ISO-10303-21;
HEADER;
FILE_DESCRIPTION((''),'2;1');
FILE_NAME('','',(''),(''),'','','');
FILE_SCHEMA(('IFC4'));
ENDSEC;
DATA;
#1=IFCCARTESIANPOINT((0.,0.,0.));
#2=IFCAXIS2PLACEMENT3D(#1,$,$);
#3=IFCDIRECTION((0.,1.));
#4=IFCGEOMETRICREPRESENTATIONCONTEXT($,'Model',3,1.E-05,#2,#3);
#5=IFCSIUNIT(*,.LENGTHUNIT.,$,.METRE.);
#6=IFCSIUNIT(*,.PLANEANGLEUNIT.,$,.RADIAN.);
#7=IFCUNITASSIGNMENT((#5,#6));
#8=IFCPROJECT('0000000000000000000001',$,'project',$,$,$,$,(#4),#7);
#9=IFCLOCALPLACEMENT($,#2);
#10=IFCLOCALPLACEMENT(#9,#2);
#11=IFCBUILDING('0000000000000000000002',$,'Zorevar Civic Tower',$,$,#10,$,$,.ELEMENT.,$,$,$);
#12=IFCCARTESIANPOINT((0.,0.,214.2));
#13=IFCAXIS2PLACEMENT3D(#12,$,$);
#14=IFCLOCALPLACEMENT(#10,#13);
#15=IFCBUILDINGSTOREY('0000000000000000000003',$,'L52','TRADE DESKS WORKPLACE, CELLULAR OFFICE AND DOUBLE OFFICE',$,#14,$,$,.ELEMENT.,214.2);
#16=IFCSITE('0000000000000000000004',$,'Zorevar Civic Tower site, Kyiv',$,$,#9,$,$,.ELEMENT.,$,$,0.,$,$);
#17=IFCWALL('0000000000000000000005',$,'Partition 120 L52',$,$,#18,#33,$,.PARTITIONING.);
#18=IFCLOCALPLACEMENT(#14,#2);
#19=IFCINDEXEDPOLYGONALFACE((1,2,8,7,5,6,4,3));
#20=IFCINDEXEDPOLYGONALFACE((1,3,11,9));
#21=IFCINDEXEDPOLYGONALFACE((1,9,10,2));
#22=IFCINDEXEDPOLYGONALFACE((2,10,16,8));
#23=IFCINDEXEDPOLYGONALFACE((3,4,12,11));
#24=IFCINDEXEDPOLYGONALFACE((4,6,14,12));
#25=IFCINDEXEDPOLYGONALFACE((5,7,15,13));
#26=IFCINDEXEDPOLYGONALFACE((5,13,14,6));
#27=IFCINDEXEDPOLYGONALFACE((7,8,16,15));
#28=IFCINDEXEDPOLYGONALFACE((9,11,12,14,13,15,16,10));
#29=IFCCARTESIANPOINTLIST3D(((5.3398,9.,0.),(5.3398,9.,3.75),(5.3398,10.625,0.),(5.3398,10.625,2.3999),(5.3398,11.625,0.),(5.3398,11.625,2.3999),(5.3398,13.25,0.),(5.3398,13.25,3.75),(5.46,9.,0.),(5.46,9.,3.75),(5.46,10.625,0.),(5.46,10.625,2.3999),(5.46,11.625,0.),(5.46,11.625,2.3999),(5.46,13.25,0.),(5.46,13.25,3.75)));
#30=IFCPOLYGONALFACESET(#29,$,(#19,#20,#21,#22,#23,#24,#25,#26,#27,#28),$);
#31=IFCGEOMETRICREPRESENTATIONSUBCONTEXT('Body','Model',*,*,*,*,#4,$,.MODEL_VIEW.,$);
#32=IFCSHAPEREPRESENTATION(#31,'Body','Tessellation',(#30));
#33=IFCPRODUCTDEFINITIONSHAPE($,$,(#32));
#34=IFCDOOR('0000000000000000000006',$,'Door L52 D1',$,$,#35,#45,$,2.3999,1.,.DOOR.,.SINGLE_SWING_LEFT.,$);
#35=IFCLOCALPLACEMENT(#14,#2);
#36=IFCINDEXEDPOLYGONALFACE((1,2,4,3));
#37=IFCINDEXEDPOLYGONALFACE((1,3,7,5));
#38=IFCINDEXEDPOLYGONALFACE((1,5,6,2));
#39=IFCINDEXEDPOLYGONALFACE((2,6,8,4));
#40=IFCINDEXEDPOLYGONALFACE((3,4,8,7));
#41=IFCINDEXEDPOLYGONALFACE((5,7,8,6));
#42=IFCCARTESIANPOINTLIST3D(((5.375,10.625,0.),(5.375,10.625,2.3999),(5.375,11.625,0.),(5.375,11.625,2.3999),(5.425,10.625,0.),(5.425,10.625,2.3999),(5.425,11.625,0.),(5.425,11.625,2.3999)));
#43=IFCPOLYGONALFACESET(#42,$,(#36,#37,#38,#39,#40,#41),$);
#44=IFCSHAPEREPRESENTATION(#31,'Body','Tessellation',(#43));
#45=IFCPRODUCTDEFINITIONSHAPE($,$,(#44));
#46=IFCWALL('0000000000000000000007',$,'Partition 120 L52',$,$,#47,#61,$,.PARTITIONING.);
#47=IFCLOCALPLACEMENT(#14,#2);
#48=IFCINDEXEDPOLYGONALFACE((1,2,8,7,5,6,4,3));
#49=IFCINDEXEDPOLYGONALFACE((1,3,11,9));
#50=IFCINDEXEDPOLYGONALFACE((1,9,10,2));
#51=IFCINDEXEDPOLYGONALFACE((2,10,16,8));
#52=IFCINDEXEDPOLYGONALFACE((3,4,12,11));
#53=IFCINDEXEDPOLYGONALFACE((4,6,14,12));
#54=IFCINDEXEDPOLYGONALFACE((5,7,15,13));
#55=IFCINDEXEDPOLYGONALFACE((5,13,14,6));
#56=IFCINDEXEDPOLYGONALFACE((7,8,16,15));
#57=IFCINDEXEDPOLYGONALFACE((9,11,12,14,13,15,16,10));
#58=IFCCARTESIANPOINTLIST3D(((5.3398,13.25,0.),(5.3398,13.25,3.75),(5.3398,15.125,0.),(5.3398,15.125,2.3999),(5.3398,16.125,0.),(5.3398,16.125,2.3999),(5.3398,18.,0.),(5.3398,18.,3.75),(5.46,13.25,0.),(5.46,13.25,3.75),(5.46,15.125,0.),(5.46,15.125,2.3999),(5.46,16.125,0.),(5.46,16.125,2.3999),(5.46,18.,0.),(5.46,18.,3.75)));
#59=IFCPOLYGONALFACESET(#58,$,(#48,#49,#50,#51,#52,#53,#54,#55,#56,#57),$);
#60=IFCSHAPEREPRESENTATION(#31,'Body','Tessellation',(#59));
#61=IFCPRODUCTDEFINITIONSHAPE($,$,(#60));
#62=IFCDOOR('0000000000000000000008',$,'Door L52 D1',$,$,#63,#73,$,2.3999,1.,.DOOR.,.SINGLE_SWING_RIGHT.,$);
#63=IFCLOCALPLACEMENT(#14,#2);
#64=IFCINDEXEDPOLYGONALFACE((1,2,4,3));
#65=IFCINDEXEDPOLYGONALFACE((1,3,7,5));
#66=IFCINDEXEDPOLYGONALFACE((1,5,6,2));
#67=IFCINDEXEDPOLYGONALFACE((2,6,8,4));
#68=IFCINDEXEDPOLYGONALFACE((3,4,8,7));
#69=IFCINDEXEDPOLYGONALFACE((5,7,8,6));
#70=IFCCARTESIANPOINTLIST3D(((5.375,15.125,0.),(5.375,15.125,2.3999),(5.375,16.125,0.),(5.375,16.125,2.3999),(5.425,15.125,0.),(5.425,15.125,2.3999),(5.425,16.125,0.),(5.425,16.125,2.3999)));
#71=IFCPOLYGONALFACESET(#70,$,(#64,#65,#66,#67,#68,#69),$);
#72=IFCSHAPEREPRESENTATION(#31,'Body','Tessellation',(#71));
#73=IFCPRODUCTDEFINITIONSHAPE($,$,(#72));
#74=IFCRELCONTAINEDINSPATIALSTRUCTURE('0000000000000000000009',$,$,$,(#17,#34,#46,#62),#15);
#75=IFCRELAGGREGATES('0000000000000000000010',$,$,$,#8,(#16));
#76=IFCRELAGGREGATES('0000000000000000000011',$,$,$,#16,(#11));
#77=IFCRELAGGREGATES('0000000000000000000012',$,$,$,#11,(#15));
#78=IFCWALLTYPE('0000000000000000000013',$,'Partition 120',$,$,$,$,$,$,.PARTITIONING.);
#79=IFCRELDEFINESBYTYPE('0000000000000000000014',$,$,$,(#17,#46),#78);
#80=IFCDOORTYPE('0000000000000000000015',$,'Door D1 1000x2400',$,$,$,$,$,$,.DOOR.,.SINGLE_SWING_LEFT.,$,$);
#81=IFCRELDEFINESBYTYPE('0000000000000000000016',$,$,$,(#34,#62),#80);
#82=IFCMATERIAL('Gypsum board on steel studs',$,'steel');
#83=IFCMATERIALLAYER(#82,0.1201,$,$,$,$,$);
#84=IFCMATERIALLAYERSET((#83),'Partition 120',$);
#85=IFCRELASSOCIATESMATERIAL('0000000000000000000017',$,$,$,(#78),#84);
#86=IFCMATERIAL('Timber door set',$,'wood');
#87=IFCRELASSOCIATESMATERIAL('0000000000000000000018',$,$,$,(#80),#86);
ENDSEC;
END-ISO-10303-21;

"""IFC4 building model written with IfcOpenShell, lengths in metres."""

from ifc_helpers import new_model, si_unit, direction, frame, frame_2d, origin, place, context, subcontext, project, spatial, rectangle, extrude, material, layer, layer_set, type_object, element, fill, save


model = new_model("IFC4")

# Units and contexts
model_context = context("Model", 3, precision=1e-05, world=origin(), true_north=direction((0.0, 1.0)))
body_context = subcontext(model_context, "Body", "Model", "MODEL_VIEW")
ifc_project = project(units=[si_unit("LENGTHUNIT", "METRE"), si_unit("PLANEANGLEUNIT", "RADIAN")], contexts=[model_context])

# Site, building, storey
site_placement = place(None, origin())
site = spatial("IfcSite", under=ifc_project, at=site_placement, Name="Zorevar Civic Tower site, Kyiv", CompositionType="ELEMENT", RefElevation=0.0)
building_placement = place(site_placement, origin())
building = spatial("IfcBuilding", under=site, at=building_placement, Name="Zorevar Civic Tower", CompositionType="ELEMENT")
storey_placement = place(building_placement, frame((0.0, 0.0, 214.2)))
storey = spatial("IfcBuildingStorey", under=building, at=storey_placement, Name="L52", Description="TRADE DESKS WORKPLACE, CELLULAR OFFICE AND DOUBLE OFFICE", CompositionType="ELEMENT", Elevation=214.2)

# Shared definitions
ifc_material_1 = material(Name="Gypsum board on steel studs", Category="steel")
ifc_layer_1 = layer(ifc_material_1, 0.1201)
ifc_layer_set_1 = layer_set([ifc_layer_1], Name="Partition 120")
wall_type_1 = type_object("IfcWallType", Name="Partition 120", PredefinedType="PARTITIONING", material=ifc_layer_set_1)

# Walls, openings, doors
wall_1_placement = place(storey_placement, frame((5.3999, 9.0, 0.0), z_axis=(0.0, 0.0, 1.0), x_axis=(0.0, 1.0, 0.0)))
wall_1 = element("IfcWall", 1, at=wall_1_placement, inside=storey, type_object=wall_type_1, Name="Partition 120 L52", PredefinedType="PARTITIONING", context=body_context, shape_type="SweptSolid", body=[
    extrude(rectangle(XDim=4.25, YDim=0.1201, at=frame_2d((2.125, 0.0))), origin(), (0.0, 0.0, 1.0), 3.75),
])
opening_1_placement = place(wall_1_placement, frame((1.625, 0.0, 0.0)))
opening_1 = element("IfcOpeningElement", 2, at=opening_1_placement, cuts=wall_1, PredefinedType="OPENING", context=body_context, shape_type="SweptSolid", body=[
    extrude(rectangle(XDim=1.0, YDim=2.3999, at=frame_2d((0.5, 1.2))), frame((0.0, 0.0701, 0.0), z_axis=(0.0, -1.0, 0.0), x_axis=(1.0, 0.0, 0.0)), (0.0, 0.0, 1.0), 0.1401),
])
ifc_material_2 = material(Name="Timber door set", Category="wood")
door_type_1 = type_object("IfcDoorType", Name="Door D1 1000x2400", OperationType="SINGLE_SWING_LEFT", PredefinedType="DOOR", material=ifc_material_2)
door_1_placement = place(opening_1_placement, origin())
door_1 = element("IfcDoor", 3, at=door_1_placement, inside=storey, type_object=door_type_1, Name="Door L52 D1", OperationType="SINGLE_SWING_LEFT", OverallHeight=2.3999, OverallWidth=1.0, PredefinedType="DOOR", context=body_context, shape_type="SweptSolid", body=[
    extrude(rectangle(XDim=1.0, YDim=2.3999, at=frame_2d((0.5, 1.2))), frame((0.0, 0.0249, 0.0), z_axis=(0.0, -1.0, 0.0), x_axis=(1.0, 0.0, 0.0)), (0.0, 0.0, 1.0), 0.05),
])
fill(opening_1, door_1)
wall_2_placement = place(storey_placement, frame((5.3999, 13.25, 0.0), z_axis=(0.0, 0.0, 1.0), x_axis=(0.0, 1.0, 0.0)))
wall_2 = element("IfcWall", 4, at=wall_2_placement, inside=storey, type_object=wall_type_1, Name="Partition 120 L52", PredefinedType="PARTITIONING", context=body_context, shape_type="SweptSolid", body=[
    extrude(rectangle(XDim=4.75, YDim=0.1201, at=frame_2d((2.375, 0.0))), origin(), (0.0, 0.0, 1.0), 3.75),
])
opening_2_placement = place(wall_2_placement, frame((1.875, 0.0, 0.0)))
opening_2 = element("IfcOpeningElement", 5, at=opening_2_placement, cuts=wall_2, PredefinedType="OPENING", context=body_context, shape_type="SweptSolid", body=[
    extrude(rectangle(XDim=1.0, YDim=2.3999, at=frame_2d((0.5, 1.2))), frame((0.0, 0.0701, 0.0), z_axis=(0.0, -1.0, 0.0), x_axis=(1.0, 0.0, 0.0)), (0.0, 0.0, 1.0), 0.1401),
])
door_2_placement = place(opening_2_placement, origin())
door_2 = element("IfcDoor", 6, at=door_2_placement, inside=storey, type_object=door_type_1, Name="Door L52 D1", OperationType="SINGLE_SWING_RIGHT", OverallHeight=2.3999, OverallWidth=1.0, PredefinedType="DOOR", context=body_context, shape_type="SweptSolid", body=[
    extrude(rectangle(XDim=1.0, YDim=2.3999, at=frame_2d((0.5, 1.2))), frame((0.0, 0.0249, 0.0), z_axis=(0.0, -1.0, 0.0), x_axis=(1.0, 0.0, 0.0)), (0.0, 0.0, 1.0), 0.05),
])
fill(opening_2, door_2)

save(model, "model.ifc")
